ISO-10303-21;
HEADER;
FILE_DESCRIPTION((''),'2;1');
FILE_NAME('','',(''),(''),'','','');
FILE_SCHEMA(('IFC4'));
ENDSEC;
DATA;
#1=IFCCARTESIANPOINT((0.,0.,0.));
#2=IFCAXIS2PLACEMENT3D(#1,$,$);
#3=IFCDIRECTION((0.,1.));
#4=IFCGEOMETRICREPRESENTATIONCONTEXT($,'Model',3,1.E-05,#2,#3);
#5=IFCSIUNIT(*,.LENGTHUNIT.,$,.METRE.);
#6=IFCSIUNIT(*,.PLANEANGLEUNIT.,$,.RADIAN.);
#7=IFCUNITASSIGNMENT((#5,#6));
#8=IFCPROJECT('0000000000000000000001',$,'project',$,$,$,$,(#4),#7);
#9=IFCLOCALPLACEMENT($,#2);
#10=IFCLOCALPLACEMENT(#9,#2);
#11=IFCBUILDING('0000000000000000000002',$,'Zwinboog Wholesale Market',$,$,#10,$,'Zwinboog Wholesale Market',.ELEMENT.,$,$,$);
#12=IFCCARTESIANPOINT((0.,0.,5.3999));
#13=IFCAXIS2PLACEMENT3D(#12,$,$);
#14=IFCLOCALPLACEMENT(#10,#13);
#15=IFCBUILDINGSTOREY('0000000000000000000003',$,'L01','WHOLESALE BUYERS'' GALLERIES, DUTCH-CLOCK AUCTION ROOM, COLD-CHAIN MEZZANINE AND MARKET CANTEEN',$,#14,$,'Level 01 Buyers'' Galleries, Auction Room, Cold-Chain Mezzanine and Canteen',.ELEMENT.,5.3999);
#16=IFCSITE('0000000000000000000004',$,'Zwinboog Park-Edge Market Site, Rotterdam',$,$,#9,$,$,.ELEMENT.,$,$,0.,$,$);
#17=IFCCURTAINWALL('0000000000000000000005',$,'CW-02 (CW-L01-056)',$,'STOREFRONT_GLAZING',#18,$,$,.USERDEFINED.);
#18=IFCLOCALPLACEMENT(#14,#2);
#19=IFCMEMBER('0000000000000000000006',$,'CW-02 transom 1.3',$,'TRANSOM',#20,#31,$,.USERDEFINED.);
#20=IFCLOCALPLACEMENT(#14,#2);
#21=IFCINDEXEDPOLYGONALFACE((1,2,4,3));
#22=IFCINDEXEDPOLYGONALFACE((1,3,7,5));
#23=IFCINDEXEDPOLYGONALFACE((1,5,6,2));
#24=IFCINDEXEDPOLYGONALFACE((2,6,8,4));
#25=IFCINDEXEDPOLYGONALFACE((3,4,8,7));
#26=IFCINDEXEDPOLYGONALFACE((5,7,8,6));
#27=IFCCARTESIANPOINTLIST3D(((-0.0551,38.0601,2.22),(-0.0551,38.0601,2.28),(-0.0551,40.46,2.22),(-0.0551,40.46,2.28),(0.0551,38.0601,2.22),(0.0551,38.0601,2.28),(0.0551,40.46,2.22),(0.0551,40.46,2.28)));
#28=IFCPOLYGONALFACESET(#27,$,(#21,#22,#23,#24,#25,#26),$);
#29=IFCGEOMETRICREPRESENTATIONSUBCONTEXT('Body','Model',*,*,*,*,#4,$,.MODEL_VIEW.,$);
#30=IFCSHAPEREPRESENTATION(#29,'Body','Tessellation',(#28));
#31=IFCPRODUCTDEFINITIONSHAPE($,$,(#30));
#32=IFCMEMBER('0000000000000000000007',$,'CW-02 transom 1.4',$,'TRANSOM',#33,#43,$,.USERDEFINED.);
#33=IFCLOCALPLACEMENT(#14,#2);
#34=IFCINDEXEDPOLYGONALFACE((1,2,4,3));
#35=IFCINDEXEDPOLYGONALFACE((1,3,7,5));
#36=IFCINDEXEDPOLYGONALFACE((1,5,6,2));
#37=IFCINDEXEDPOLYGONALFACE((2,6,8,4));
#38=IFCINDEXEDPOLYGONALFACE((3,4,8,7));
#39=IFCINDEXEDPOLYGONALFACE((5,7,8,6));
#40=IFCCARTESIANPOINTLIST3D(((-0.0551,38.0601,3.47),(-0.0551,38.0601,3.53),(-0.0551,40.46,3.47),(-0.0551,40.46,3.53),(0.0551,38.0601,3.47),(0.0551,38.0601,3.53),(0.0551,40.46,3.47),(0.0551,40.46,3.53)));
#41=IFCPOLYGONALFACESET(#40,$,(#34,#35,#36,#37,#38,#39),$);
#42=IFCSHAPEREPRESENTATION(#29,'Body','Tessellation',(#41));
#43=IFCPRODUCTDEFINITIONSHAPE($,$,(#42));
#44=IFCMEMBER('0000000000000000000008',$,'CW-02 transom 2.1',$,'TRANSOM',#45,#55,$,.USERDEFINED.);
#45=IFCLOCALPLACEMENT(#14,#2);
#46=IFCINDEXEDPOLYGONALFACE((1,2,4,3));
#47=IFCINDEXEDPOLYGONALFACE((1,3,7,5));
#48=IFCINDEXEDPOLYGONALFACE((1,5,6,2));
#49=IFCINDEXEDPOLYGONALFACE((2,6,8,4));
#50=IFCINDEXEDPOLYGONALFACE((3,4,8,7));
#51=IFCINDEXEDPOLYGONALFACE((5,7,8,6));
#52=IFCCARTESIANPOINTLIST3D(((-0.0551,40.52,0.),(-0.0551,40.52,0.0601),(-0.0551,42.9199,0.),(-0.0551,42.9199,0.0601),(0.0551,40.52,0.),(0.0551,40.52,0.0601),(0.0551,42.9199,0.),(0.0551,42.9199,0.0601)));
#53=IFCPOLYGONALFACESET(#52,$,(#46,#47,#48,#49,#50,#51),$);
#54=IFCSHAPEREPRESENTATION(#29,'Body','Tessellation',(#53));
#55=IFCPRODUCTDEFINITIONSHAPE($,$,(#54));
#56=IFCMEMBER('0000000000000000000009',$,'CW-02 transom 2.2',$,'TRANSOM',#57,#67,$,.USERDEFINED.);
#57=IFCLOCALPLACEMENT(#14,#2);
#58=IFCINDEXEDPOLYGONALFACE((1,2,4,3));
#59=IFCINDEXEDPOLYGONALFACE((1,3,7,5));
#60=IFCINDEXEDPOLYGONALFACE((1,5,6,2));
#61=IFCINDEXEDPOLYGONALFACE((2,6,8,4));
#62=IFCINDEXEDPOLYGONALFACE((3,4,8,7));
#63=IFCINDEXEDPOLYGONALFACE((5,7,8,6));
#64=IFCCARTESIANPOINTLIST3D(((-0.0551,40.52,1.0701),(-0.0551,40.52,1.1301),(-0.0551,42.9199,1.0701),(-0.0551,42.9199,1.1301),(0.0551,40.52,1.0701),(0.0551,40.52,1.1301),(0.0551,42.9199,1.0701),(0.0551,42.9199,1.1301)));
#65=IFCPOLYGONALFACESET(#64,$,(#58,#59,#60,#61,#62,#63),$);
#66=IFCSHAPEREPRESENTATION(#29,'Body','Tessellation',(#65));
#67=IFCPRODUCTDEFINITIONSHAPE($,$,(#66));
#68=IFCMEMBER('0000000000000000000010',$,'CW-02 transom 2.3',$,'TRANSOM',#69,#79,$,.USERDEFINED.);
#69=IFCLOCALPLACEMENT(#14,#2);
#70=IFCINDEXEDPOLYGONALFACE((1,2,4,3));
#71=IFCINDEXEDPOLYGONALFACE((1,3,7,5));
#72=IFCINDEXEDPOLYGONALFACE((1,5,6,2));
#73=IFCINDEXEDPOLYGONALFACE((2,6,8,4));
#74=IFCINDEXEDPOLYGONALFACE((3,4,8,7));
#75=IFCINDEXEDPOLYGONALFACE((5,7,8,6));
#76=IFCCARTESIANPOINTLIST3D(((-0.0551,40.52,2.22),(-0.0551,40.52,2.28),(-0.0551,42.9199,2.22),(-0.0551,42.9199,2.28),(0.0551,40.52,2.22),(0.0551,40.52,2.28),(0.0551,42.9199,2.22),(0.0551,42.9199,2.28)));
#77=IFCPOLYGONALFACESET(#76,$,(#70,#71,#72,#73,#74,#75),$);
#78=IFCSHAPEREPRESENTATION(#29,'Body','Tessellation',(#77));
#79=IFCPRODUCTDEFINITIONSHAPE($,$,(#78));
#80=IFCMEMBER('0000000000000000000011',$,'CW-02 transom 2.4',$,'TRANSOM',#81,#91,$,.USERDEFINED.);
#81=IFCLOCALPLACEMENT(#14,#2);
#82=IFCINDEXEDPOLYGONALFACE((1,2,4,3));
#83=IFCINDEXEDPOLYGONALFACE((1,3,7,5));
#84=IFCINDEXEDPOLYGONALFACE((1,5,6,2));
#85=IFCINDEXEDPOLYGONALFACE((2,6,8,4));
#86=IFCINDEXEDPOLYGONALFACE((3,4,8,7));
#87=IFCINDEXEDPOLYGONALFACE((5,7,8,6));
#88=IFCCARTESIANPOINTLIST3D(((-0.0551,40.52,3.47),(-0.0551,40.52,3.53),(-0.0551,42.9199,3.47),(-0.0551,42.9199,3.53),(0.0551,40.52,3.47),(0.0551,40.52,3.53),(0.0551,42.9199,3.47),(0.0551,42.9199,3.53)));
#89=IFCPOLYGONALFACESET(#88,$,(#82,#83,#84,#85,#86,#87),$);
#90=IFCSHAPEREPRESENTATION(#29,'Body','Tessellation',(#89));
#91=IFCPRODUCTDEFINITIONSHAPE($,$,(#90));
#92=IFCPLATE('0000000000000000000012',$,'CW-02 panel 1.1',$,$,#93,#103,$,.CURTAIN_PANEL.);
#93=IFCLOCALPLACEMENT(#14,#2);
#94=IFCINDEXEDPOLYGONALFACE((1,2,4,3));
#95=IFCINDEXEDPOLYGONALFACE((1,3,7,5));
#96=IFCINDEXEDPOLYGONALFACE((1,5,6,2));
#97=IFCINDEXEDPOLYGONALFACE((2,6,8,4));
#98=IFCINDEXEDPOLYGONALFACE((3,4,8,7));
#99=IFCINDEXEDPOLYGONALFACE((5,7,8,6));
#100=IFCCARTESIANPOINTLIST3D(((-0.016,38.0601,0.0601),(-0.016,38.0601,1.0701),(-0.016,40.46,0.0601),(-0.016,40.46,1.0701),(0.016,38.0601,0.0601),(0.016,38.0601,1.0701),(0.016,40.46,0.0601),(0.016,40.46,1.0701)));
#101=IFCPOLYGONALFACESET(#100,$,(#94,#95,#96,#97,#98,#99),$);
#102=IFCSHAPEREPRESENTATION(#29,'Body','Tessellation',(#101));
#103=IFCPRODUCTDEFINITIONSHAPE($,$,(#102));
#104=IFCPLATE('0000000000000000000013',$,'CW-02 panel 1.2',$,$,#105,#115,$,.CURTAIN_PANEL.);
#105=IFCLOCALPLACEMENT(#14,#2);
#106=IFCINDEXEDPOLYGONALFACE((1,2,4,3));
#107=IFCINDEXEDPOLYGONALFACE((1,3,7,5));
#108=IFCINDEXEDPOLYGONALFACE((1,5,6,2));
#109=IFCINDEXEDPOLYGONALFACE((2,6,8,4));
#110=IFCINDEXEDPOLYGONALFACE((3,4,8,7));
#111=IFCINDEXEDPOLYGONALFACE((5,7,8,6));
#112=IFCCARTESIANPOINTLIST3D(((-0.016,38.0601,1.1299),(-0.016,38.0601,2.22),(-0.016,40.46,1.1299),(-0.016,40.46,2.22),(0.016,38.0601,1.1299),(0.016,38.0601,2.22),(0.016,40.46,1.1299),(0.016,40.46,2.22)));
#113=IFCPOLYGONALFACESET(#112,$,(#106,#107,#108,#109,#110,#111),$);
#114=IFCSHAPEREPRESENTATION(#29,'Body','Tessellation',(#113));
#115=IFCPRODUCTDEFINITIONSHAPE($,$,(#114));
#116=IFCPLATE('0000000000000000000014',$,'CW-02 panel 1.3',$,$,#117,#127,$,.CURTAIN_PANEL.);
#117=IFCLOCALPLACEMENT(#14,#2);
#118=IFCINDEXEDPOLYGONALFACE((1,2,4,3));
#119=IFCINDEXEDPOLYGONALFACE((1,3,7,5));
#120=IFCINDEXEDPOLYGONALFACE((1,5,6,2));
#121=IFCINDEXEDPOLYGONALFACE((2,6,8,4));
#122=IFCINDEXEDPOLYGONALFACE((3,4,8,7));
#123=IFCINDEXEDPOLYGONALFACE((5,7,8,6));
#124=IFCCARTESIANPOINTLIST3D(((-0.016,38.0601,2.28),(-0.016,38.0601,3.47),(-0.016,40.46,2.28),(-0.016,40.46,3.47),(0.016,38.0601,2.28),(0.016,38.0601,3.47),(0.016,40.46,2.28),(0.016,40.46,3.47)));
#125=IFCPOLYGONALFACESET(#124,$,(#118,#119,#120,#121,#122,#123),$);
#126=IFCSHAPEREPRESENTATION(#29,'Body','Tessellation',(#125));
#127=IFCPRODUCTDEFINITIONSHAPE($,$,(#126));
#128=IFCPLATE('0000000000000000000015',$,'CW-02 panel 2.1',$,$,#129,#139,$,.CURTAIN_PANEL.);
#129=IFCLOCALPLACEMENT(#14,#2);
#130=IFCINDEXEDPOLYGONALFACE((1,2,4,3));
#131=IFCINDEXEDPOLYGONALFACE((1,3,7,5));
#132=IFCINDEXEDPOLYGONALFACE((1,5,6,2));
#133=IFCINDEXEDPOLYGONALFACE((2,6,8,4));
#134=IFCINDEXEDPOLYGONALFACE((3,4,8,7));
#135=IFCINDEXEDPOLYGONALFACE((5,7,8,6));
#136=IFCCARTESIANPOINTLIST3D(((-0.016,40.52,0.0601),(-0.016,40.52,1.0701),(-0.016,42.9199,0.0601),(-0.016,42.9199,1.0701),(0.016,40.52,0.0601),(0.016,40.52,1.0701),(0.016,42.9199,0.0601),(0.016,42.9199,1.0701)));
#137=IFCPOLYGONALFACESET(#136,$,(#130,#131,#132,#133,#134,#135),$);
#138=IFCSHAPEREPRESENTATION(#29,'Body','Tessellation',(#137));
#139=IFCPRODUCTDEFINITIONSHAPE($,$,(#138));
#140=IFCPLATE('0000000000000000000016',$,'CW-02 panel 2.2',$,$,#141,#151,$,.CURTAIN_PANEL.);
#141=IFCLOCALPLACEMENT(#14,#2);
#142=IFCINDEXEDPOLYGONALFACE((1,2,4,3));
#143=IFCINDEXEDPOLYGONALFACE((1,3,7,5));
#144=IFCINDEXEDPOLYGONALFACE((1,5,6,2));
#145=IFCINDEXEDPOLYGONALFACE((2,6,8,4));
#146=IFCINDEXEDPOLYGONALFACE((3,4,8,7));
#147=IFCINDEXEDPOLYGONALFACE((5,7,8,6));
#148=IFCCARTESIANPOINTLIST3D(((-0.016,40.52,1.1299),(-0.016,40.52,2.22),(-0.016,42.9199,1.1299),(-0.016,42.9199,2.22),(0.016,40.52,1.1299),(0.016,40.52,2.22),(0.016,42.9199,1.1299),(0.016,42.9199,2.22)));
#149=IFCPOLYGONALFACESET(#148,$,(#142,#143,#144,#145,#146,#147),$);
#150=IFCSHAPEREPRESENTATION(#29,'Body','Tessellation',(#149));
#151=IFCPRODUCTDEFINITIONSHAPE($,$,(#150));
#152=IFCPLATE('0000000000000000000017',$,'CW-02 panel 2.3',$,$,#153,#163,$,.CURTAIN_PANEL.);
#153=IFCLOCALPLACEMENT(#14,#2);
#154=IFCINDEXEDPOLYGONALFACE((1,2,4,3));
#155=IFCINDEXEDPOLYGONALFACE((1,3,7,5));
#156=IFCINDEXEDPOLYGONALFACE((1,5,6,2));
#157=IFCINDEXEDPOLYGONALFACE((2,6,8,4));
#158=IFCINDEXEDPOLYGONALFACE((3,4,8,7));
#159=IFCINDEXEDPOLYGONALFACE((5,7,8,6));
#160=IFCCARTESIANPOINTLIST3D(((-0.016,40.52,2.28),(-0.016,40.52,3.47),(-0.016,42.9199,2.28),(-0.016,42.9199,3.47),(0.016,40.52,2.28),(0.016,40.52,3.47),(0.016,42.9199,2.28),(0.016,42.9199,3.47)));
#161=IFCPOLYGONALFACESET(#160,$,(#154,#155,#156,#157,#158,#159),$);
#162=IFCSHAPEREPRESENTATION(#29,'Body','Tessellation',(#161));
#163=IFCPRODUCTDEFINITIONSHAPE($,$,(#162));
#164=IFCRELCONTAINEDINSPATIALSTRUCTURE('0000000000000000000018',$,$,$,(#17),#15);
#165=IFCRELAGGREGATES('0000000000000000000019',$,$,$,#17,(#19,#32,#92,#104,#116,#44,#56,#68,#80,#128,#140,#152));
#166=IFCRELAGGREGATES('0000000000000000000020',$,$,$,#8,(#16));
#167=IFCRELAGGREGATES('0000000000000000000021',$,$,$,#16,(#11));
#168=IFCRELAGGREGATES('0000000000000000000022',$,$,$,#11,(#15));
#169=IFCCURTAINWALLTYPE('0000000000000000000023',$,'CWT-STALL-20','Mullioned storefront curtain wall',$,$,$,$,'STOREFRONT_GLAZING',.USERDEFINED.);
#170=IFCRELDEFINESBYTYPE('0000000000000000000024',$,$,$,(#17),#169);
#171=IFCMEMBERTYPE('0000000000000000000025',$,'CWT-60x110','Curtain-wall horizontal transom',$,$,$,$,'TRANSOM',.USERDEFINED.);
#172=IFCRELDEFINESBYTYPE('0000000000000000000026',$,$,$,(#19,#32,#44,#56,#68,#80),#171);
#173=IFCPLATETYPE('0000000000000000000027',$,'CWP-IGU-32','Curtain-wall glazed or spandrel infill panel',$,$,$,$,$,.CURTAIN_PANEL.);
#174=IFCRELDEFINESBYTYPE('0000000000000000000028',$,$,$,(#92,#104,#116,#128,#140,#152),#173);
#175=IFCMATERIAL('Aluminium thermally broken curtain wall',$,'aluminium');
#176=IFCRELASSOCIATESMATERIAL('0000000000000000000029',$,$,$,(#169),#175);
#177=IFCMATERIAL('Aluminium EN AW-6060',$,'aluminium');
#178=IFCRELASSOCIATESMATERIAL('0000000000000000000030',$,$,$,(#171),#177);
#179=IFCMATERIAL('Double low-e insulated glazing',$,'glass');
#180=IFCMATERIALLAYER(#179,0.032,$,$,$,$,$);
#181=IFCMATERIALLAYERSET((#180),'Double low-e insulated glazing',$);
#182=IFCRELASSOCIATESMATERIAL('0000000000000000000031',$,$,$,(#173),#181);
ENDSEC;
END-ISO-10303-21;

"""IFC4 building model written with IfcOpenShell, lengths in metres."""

from ifc_helpers import new_model, si_unit, direction, frame, origin, origin_2d, place, context, subcontext, project, spatial, rectangle, extrude, material, layer, layer_set, material_profile, profile_set, type_object, element, aggregate, save


model = new_model("IFC4")

# Units and contexts
model_context = context("Model", 3, precision=1e-05, world=origin(), true_north=direction((0.0, 1.0)))
body_context = subcontext(model_context, "Body", "Model", "MODEL_VIEW")
ifc_project = project(units=[si_unit("LENGTHUNIT", "METRE"), si_unit("PLANEANGLEUNIT", "RADIAN")], contexts=[model_context])

# Site, building, storey
site_placement = place(None, origin())
site = spatial("IfcSite", under=ifc_project, at=site_placement, Name="Zwinboog Park-Edge Market Site, Rotterdam", CompositionType="ELEMENT", RefElevation=0.0)
building_placement = place(site_placement, origin())
building = spatial("IfcBuilding", under=site, at=building_placement, Name="Zwinboog Wholesale Market", LongName="Zwinboog Wholesale Market", CompositionType="ELEMENT")
storey_placement = place(building_placement, frame((0.0, 0.0, 5.3999)))
storey = spatial("IfcBuildingStorey", under=building, at=storey_placement, Name="L01", Description="WHOLESALE BUYERS' GALLERIES, DUTCH-CLOCK AUCTION ROOM, COLD-CHAIN MEZZANINE AND MARKET CANTEEN", LongName="Level 01 Buyers' Galleries, Auction Room, Cold-Chain Mezzanine and Canteen", CompositionType="ELEMENT", Elevation=5.3999)

# Curtain wall, members, plates
ifc_material_1 = material(Name="Aluminium thermally broken curtain wall", Category="aluminium")
curtain_wall_type = type_object("IfcCurtainWallType", Name="CWT-STALL-20", Description="Mullioned storefront curtain wall", ElementType="STOREFRONT_GLAZING", PredefinedType="USERDEFINED", material=ifc_material_1)
curtain_wall_placement = place(storey_placement, origin())
curtain_wall = element("IfcCurtainWall", 1, at=curtain_wall_placement, inside=storey, type_object=curtain_wall_type, Name="CW-02 (CW-L01-056)", ObjectType="STOREFRONT_GLAZING", PredefinedType="USERDEFINED")
ifc_material_2 = material(Name="Aluminium EN AW-6060", Category="aluminium")
ifc_material_profile_1 = material_profile(ifc_material_2, rectangle(XDim=0.1101, YDim=0.0601, at=origin_2d()), Name="AL 60x110")
ifc_profile_set_1 = profile_set([ifc_material_profile_1], Name="Aluminium EN AW-6060")
member_type_1 = type_object("IfcMemberType", Name="CWT-60x110", Description="Curtain-wall horizontal transom", ElementType="TRANSOM", PredefinedType="USERDEFINED", material=ifc_profile_set_1)
member_1_placement = place(storey_placement, frame((0.0, 38.0601, 2.25), z_axis=(0.0, 1.0, 0.0), x_axis=(-1.0, 0.0, 0.0)))
member_1 = element("IfcMember", 2, at=member_1_placement, type_object=member_type_1, Name="CW-02 transom 1.3", ObjectType="TRANSOM", PredefinedType="USERDEFINED", context=body_context, shape_type="SweptSolid", body=[
    extrude(rectangle(XDim=0.1101, YDim=0.0601, at=origin_2d()), origin(), (0.0, 0.0, 1.0), 2.3999),
])
member_2_placement = place(storey_placement, frame((0.0, 38.0601, 3.5), z_axis=(0.0, 1.0, 0.0), x_axis=(-1.0, 0.0, 0.0)))
member_2 = element("IfcMember", 3, at=member_2_placement, type_object=member_type_1, Name="CW-02 transom 1.4", ObjectType="TRANSOM", PredefinedType="USERDEFINED", context=body_context, shape_type="SweptSolid", body=[
    extrude(rectangle(XDim=0.1101, YDim=0.0601, at=origin_2d()), origin(), (0.0, 0.0, 1.0), 2.3999),
])
member_3_placement = place(storey_placement, frame((0.0, 40.52, 0.03), z_axis=(0.0, 1.0, 0.0), x_axis=(-1.0, 0.0, 0.0)))
member_3 = element("IfcMember", 4, at=member_3_placement, type_object=member_type_1, Name="CW-02 transom 2.1", ObjectType="TRANSOM", PredefinedType="USERDEFINED", context=body_context, shape_type="SweptSolid", body=[
    extrude(rectangle(XDim=0.1101, YDim=0.0601, at=origin_2d()), origin(), (0.0, 0.0, 1.0), 2.3999),
])
member_4_placement = place(storey_placement, frame((0.0, 40.52, 1.1001), z_axis=(0.0, 1.0, 0.0), x_axis=(-1.0, 0.0, 0.0)))
member_4 = element("IfcMember", 5, at=member_4_placement, type_object=member_type_1, Name="CW-02 transom 2.2", ObjectType="TRANSOM", PredefinedType="USERDEFINED", context=body_context, shape_type="SweptSolid", body=[
    extrude(rectangle(XDim=0.1101, YDim=0.0601, at=origin_2d()), origin(), (0.0, 0.0, 1.0), 2.3999),
])
member_5_placement = place(storey_placement, frame((0.0, 40.52, 2.25), z_axis=(0.0, 1.0, 0.0), x_axis=(-1.0, 0.0, 0.0)))
member_5 = element("IfcMember", 6, at=member_5_placement, type_object=member_type_1, Name="CW-02 transom 2.3", ObjectType="TRANSOM", PredefinedType="USERDEFINED", context=body_context, shape_type="SweptSolid", body=[
    extrude(rectangle(XDim=0.1101, YDim=0.0601, at=origin_2d()), origin(), (0.0, 0.0, 1.0), 2.3999),
])
member_6_placement = place(storey_placement, frame((0.0, 40.52, 3.5), z_axis=(0.0, 1.0, 0.0), x_axis=(-1.0, 0.0, 0.0)))
member_6 = element("IfcMember", 7, at=member_6_placement, type_object=member_type_1, Name="CW-02 transom 2.4", ObjectType="TRANSOM", PredefinedType="USERDEFINED", context=body_context, shape_type="SweptSolid", body=[
    extrude(rectangle(XDim=0.1101, YDim=0.0601, at=origin_2d()), origin(), (0.0, 0.0, 1.0), 2.3999),
])
ifc_material_3 = material(Name="Double low-e insulated glazing", Category="glass")
ifc_layer_1 = layer(ifc_material_3, 0.032)
ifc_layer_set_1 = layer_set([ifc_layer_1], Name="Double low-e insulated glazing")
plate_type = type_object("IfcPlateType", Name="CWP-IGU-32", Description="Curtain-wall glazed or spandrel infill panel", PredefinedType="CURTAIN_PANEL", material=ifc_layer_set_1)
plate_1_placement = place(storey_placement, frame((0.0, 39.26, 0.0601), z_axis=(0.0, 0.0, 1.0), x_axis=(0.0, 1.0, 0.0)))
plate_1 = element("IfcPlate", 8, at=plate_1_placement, type_object=plate_type, Name="CW-02 panel 1.1", PredefinedType="CURTAIN_PANEL", context=body_context, shape_type="SweptSolid", body=[
    extrude(rectangle(XDim=2.3999, YDim=0.032, at=origin_2d()), origin(), (0.0, 0.0, 1.0), 1.01),
])
plate_2_placement = place(storey_placement, frame((0.0, 39.26, 1.1299), z_axis=(0.0, 0.0, 1.0), x_axis=(0.0, 1.0, 0.0)))
plate_2 = element("IfcPlate", 9, at=plate_2_placement, type_object=plate_type, Name="CW-02 panel 1.2", PredefinedType="CURTAIN_PANEL", context=body_context, shape_type="SweptSolid", body=[
    extrude(rectangle(XDim=2.3999, YDim=0.032, at=origin_2d()), origin(), (0.0, 0.0, 1.0), 1.0901),
])
plate_3_placement = place(storey_placement, frame((0.0, 39.26, 2.28), z_axis=(0.0, 0.0, 1.0), x_axis=(0.0, 1.0, 0.0)))
plate_3 = element("IfcPlate", 10, at=plate_3_placement, type_object=plate_type, Name="CW-02 panel 1.3", PredefinedType="CURTAIN_PANEL", context=body_context, shape_type="SweptSolid", body=[
    extrude(rectangle(XDim=2.3999, YDim=0.032, at=origin_2d()), origin(), (0.0, 0.0, 1.0), 1.1899),
])
plate_4_placement = place(storey_placement, frame((0.0, 41.72, 0.0601), z_axis=(0.0, 0.0, 1.0), x_axis=(0.0, 1.0, 0.0)))
plate_4 = element("IfcPlate", 11, at=plate_4_placement, type_object=plate_type, Name="CW-02 panel 2.1", PredefinedType="CURTAIN_PANEL", context=body_context, shape_type="SweptSolid", body=[
    extrude(rectangle(XDim=2.3999, YDim=0.032, at=origin_2d()), origin(), (0.0, 0.0, 1.0), 1.01),
])
plate_5_placement = place(storey_placement, frame((0.0, 41.72, 1.1299), z_axis=(0.0, 0.0, 1.0), x_axis=(0.0, 1.0, 0.0)))
plate_5 = element("IfcPlate", 12, at=plate_5_placement, type_object=plate_type, Name="CW-02 panel 2.2", PredefinedType="CURTAIN_PANEL", context=body_context, shape_type="SweptSolid", body=[
    extrude(rectangle(XDim=2.3999, YDim=0.032, at=origin_2d()), origin(), (0.0, 0.0, 1.0), 1.0901),
])
plate_6_placement = place(storey_placement, frame((0.0, 41.72, 2.28), z_axis=(0.0, 0.0, 1.0), x_axis=(0.0, 1.0, 0.0)))
plate_6 = element("IfcPlate", 13, at=plate_6_placement, type_object=plate_type, Name="CW-02 panel 2.3", PredefinedType="CURTAIN_PANEL", context=body_context, shape_type="SweptSolid", body=[
    extrude(rectangle(XDim=2.3999, YDim=0.032, at=origin_2d()), origin(), (0.0, 0.0, 1.0), 1.1899),
])
aggregate(curtain_wall, [member_1, member_2, plate_1, plate_2, plate_3, member_3, member_4, member_5, member_6, plate_4, plate_5, plate_6])

save(model, "model.ifc")
